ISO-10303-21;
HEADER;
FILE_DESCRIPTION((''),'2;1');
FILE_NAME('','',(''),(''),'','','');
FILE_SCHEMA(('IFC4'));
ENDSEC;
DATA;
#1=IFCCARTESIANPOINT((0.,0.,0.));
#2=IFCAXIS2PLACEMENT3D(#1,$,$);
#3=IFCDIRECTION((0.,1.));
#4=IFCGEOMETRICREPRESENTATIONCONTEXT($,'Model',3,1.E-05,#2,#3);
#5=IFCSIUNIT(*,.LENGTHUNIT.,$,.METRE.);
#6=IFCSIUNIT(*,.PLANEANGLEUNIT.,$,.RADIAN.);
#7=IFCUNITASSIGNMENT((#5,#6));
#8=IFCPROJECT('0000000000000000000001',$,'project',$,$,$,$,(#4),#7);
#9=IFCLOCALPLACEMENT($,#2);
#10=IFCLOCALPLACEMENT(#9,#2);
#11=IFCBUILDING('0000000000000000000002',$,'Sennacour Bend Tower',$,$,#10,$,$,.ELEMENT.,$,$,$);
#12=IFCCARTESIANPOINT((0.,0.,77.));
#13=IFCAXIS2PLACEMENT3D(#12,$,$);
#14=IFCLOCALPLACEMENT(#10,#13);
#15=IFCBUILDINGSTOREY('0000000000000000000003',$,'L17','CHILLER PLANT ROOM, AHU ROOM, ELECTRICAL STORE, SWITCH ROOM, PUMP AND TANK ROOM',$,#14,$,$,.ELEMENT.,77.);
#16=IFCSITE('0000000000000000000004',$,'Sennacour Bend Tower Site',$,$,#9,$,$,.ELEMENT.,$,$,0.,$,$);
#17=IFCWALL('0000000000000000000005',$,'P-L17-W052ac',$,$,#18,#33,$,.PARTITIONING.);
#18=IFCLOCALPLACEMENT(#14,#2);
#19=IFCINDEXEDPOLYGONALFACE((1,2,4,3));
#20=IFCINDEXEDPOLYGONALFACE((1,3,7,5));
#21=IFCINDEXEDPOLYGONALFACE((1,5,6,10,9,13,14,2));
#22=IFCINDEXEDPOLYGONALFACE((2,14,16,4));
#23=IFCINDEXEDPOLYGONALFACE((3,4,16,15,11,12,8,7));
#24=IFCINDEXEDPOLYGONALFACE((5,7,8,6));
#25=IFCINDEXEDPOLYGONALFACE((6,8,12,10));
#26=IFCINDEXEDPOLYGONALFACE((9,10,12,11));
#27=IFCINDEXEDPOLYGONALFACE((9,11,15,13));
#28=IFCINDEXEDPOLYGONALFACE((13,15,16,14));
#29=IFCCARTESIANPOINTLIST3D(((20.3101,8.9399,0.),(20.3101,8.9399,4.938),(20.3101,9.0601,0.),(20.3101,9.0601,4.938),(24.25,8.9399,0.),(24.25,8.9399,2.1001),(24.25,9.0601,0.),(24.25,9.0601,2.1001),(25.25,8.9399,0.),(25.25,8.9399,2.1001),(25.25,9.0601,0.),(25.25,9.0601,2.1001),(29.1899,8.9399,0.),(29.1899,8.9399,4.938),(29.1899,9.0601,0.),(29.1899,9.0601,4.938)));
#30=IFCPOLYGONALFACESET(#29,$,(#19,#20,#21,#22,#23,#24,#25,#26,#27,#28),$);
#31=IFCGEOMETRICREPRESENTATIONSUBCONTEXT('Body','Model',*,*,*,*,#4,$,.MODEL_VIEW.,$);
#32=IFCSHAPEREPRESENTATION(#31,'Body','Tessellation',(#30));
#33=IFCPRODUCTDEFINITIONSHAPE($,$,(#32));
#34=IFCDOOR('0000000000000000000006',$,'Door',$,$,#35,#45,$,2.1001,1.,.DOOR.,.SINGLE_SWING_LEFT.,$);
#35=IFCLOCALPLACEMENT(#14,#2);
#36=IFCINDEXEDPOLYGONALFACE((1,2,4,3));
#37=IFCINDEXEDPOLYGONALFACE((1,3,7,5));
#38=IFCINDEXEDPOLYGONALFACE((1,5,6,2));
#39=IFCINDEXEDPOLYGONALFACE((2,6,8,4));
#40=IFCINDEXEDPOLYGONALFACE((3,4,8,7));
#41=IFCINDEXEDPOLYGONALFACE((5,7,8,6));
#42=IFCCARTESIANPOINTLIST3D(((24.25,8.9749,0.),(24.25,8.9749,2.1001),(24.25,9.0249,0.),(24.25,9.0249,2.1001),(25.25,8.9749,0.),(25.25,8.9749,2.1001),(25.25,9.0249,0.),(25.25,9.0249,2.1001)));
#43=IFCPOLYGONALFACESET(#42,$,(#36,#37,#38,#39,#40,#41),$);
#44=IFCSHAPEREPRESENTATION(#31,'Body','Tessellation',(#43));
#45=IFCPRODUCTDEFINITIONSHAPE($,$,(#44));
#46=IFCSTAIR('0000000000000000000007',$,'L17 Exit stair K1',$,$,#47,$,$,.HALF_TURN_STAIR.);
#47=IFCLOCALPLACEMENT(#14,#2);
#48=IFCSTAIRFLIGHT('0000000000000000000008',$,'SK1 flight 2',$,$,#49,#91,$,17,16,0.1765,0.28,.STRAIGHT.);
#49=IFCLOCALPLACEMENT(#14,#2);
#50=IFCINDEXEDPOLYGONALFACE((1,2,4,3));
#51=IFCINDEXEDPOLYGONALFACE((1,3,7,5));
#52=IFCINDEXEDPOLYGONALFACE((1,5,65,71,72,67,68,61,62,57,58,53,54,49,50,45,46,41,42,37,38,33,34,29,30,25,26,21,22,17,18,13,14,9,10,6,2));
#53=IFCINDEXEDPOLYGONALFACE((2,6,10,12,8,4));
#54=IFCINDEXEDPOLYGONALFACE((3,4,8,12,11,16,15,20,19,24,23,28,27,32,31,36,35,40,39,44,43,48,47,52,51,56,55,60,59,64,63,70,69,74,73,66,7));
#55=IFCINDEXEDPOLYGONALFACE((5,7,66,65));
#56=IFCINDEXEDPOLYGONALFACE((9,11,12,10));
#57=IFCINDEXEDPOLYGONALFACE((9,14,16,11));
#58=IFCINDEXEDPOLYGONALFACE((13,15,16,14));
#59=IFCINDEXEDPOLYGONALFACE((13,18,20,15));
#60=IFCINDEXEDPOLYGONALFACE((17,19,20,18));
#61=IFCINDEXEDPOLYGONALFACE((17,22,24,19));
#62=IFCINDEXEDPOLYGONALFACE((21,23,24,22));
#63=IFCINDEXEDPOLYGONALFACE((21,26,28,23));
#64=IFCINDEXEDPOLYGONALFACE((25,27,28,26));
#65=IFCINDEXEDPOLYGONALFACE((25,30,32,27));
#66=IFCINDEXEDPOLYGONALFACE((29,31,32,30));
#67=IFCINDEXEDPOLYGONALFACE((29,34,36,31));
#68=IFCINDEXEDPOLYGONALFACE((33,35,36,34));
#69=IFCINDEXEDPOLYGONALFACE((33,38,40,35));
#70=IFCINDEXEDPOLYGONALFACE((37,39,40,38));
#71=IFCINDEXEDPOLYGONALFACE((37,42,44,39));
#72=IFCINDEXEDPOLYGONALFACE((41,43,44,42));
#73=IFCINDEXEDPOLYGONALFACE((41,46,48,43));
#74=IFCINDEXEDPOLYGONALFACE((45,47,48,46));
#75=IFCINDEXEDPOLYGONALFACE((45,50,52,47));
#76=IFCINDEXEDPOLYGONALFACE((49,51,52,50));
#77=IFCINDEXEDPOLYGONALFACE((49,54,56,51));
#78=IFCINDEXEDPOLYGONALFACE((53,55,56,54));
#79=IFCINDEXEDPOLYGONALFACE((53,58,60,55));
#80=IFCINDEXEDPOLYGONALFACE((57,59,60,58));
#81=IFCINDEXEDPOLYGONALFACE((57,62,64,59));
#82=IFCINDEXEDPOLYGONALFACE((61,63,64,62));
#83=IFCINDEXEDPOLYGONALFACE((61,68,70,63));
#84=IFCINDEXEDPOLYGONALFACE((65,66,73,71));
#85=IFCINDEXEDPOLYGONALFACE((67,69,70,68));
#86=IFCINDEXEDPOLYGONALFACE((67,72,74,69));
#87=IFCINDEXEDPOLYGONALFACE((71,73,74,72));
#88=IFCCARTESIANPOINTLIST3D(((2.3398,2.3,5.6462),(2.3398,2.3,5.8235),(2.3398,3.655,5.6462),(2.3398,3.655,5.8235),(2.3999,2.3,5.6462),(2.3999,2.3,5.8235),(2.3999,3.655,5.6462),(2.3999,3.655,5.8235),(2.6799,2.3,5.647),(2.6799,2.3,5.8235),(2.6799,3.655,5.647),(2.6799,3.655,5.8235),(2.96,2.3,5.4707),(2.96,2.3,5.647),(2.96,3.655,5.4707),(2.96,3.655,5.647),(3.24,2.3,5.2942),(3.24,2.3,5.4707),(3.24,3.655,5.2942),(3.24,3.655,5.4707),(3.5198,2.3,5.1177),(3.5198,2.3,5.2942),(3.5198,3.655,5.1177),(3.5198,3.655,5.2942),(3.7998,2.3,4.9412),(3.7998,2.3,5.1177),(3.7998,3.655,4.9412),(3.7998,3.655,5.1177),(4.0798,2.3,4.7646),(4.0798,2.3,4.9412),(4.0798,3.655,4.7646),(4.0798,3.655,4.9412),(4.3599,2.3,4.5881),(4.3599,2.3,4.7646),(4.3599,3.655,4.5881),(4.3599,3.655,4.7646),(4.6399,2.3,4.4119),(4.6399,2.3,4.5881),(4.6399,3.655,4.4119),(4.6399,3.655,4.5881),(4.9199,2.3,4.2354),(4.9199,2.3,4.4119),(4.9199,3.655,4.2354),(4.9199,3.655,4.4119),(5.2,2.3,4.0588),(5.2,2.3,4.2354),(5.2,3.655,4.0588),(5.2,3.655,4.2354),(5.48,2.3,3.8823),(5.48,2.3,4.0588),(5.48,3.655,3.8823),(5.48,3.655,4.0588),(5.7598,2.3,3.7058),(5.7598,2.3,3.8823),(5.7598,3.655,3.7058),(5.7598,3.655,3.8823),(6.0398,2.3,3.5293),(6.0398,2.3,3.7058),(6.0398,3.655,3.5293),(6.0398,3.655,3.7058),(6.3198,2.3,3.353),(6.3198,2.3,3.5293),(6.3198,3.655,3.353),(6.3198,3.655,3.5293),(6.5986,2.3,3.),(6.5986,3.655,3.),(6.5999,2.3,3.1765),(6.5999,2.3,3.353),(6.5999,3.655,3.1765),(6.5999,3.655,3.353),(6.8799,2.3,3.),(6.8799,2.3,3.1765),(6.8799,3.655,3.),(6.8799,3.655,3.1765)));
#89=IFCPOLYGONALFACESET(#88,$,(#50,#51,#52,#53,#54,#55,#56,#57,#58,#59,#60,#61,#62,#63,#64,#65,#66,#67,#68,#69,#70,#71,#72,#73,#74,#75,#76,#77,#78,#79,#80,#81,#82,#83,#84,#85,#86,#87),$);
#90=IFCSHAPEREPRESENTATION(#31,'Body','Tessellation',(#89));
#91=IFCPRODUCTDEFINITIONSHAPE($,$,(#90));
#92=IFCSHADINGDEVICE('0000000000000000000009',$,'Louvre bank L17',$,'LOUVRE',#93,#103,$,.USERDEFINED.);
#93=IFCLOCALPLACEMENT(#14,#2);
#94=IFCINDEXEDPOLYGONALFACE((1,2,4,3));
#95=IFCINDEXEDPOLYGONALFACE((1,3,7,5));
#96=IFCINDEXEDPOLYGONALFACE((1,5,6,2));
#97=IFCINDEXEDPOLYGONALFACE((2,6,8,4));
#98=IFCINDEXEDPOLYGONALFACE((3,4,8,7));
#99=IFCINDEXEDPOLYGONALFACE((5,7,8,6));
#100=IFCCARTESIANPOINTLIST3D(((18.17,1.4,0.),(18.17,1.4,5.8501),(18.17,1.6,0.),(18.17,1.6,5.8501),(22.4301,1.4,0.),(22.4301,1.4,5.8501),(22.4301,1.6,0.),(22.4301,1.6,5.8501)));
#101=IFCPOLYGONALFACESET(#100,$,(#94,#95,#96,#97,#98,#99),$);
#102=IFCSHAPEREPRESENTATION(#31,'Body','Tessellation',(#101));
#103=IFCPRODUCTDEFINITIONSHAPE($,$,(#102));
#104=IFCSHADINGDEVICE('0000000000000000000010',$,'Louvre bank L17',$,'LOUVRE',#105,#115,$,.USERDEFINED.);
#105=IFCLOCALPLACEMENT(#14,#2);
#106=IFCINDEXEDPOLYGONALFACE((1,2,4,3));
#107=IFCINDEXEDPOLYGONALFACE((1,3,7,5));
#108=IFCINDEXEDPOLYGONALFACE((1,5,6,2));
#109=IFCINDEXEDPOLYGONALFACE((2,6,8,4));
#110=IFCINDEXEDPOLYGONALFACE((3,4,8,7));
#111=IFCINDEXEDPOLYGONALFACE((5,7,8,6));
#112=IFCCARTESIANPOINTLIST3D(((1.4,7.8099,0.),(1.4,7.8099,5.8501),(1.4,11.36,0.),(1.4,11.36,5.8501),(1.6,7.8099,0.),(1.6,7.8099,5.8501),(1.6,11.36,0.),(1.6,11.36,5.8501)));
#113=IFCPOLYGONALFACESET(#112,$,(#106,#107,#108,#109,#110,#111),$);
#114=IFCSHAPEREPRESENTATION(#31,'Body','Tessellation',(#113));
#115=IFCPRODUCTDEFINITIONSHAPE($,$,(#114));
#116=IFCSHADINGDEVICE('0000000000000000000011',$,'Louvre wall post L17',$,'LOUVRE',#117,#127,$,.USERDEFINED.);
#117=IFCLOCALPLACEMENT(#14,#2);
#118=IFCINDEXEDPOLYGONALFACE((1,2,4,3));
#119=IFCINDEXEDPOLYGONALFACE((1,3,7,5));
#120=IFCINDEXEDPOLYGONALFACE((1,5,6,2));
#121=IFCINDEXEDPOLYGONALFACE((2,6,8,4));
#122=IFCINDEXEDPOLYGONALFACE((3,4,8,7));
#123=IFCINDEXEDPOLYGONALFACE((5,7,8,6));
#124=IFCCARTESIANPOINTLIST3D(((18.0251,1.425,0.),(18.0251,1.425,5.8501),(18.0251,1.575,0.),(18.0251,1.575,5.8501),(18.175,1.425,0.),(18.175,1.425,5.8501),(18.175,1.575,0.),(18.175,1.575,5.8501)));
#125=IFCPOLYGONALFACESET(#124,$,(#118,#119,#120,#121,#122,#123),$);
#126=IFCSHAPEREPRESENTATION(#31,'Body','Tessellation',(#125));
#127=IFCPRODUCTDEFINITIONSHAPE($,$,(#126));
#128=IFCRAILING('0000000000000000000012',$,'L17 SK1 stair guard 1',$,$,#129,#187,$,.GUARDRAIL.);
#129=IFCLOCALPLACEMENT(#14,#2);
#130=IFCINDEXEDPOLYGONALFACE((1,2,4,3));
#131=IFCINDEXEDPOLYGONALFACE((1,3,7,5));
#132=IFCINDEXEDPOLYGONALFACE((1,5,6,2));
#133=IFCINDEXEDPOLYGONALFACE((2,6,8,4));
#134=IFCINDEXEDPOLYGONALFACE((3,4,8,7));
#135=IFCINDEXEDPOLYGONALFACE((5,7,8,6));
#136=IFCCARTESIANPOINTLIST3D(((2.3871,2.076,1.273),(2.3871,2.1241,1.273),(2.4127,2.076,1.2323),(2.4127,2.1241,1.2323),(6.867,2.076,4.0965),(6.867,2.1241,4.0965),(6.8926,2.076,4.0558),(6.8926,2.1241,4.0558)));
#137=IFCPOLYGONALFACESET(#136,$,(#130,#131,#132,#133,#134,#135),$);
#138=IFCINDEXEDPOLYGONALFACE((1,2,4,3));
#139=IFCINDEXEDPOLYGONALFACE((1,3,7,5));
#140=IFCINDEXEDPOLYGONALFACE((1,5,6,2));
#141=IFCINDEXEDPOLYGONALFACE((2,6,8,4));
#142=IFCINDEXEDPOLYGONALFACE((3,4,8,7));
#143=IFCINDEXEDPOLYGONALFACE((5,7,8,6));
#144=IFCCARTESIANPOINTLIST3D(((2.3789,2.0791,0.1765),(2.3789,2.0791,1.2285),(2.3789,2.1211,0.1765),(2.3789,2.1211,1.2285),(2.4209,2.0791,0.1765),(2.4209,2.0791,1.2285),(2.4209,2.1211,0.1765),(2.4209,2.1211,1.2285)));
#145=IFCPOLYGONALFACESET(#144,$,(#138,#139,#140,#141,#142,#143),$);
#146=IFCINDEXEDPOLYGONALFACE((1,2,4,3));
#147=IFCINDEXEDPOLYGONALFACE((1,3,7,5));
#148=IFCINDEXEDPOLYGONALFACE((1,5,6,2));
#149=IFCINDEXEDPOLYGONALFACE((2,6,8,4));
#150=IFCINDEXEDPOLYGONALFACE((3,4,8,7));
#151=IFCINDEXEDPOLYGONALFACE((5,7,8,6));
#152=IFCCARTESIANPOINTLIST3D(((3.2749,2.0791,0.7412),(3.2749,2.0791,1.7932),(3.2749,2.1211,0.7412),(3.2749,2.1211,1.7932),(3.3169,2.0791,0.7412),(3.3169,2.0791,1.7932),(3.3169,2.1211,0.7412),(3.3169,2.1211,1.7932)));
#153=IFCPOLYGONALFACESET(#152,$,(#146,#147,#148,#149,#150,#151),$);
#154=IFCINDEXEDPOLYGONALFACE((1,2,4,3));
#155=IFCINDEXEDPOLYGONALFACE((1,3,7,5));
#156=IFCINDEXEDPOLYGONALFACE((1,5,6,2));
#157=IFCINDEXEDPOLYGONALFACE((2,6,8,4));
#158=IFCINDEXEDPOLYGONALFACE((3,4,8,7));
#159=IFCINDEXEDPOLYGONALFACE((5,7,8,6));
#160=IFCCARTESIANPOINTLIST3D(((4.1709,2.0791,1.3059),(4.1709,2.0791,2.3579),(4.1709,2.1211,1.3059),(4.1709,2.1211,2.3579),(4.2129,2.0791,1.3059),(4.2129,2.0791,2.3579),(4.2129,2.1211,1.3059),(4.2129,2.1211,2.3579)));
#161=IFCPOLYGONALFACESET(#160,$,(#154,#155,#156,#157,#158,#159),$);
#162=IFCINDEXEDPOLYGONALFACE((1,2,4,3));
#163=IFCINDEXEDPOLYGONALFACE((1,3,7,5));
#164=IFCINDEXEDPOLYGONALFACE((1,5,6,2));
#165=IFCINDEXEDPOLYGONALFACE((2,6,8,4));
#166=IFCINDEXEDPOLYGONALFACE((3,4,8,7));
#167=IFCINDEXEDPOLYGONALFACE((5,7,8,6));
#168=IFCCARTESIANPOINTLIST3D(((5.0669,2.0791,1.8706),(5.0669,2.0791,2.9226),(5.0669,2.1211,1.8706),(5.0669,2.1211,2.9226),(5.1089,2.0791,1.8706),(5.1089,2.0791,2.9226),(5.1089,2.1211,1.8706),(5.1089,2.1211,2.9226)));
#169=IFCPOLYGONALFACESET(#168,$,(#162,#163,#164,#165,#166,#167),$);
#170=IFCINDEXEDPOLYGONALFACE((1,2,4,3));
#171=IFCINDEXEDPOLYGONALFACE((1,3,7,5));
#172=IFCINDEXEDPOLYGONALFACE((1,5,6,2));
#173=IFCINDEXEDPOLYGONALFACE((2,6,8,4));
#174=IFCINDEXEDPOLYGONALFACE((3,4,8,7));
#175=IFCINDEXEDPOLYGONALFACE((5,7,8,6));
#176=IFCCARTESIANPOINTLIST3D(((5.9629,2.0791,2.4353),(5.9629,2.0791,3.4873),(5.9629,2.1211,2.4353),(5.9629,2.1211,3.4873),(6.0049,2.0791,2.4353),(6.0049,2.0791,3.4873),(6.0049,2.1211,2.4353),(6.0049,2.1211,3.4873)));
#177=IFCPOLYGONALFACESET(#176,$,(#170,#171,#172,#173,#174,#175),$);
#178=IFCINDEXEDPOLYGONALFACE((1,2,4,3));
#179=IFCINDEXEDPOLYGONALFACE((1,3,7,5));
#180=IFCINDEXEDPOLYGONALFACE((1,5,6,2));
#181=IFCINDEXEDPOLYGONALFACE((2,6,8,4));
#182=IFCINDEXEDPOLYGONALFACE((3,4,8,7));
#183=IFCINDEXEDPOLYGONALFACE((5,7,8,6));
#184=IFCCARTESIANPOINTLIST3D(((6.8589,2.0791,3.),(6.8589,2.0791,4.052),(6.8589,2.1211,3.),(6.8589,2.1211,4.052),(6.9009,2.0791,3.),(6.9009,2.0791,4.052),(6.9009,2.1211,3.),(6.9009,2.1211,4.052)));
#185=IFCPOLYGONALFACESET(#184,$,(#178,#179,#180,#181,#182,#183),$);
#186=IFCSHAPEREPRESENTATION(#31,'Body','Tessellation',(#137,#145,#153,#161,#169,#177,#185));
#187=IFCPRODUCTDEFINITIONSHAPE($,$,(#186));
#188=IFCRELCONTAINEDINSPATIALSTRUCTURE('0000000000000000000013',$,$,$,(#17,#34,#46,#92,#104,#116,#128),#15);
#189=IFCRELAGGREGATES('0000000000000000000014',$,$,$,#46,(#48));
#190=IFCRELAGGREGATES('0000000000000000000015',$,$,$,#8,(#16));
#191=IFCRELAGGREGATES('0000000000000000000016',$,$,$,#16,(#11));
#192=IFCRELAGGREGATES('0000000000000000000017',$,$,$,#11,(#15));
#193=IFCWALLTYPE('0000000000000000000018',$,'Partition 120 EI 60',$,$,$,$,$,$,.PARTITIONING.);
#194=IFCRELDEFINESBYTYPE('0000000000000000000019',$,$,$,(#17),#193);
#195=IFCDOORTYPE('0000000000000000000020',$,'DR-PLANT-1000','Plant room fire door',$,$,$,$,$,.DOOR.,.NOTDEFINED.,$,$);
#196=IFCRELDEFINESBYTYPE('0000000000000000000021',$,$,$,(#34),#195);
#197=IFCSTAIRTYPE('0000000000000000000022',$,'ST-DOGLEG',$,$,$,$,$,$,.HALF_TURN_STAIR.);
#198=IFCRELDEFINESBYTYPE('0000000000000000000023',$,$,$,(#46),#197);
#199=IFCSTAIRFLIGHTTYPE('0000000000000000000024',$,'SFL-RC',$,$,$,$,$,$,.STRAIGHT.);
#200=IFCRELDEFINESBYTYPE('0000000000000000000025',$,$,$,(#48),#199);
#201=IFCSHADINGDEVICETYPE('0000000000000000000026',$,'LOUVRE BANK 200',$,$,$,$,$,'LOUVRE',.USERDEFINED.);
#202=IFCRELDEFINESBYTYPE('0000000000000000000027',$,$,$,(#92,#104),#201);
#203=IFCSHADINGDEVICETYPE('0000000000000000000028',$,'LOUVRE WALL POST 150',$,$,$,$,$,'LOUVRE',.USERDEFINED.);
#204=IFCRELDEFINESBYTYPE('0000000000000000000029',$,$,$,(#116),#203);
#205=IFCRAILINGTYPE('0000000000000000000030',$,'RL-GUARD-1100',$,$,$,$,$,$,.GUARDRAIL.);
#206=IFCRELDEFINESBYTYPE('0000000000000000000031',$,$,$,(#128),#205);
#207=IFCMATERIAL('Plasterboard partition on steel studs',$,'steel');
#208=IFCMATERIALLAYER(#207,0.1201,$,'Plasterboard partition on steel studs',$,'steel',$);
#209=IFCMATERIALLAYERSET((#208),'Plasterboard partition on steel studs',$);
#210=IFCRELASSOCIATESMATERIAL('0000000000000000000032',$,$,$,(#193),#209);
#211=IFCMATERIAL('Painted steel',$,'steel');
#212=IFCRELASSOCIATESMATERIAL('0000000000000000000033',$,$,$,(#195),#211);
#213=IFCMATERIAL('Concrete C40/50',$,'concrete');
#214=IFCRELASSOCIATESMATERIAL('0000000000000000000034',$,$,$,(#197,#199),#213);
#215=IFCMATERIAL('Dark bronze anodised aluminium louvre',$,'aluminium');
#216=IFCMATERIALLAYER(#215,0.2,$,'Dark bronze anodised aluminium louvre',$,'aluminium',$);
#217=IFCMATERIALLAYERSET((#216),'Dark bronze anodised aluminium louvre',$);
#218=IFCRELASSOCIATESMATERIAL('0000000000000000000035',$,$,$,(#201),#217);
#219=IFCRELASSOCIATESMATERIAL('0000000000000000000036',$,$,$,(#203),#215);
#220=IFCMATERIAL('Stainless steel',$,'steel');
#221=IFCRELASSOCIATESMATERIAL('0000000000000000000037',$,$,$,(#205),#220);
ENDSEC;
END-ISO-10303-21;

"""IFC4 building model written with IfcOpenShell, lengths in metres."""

from ifc_helpers import new_model, si_unit, direction, frame, frame_2d, origin, origin_2d, place, context, subcontext, project, spatial, polyline, rectangle, outline, extrude, material, layer, layer_set, type_object, element, fill, aggregate, save


model = new_model("IFC4")

# Units and contexts
model_context = context("Model", 3, precision=1e-05, world=origin(), true_north=direction((0.0, 1.0)))
body_context = subcontext(model_context, "Body", "Model", "MODEL_VIEW")
ifc_project = project(units=[si_unit("LENGTHUNIT", "METRE"), si_unit("PLANEANGLEUNIT", "RADIAN")], contexts=[model_context])

# Site, building, storey
site_placement = place(None, origin())
site = spatial("IfcSite", under=ifc_project, at=site_placement, Name="Sennacour Bend Tower Site", CompositionType="ELEMENT", RefElevation=0.0)
building_placement = place(site_placement, origin())
building = spatial("IfcBuilding", under=site, at=building_placement, Name="Sennacour Bend Tower", CompositionType="ELEMENT")
storey_placement = place(building_placement, frame((0.0, 0.0, 77.0)))
storey = spatial("IfcBuildingStorey", under=building, at=storey_placement, Name="L17", Description="CHILLER PLANT ROOM, AHU ROOM, ELECTRICAL STORE, SWITCH ROOM, PUMP AND TANK ROOM", CompositionType="ELEMENT", Elevation=77.0)

# Shared definitions
ifc_material_1 = material(Name="Plasterboard partition on steel studs", Category="steel")

# Shared definitions
ifc_layer_1 = layer(ifc_material_1, 0.1201, Name="Plasterboard partition on steel studs", Category="steel")
ifc_layer_set_1 = layer_set([ifc_layer_1], Name="Plasterboard partition on steel studs")
wall_type_1 = type_object("IfcWallType", Name="Partition 120 EI 60", PredefinedType="PARTITIONING", material=ifc_layer_set_1)
ifc_material_2 = material(Name="Painted steel", Category="steel")
door_type_1 = type_object("IfcDoorType", Name="DR-PLANT-1000", Description="Plant room fire door", OperationType="NOTDEFINED", PredefinedType="DOOR", material=ifc_material_2)

# Wall, opening, door
wall_1_placement = place(storey_placement, frame((20.3101, 9.0, 0.0), z_axis=(0.0, 0.0, 1.0), x_axis=(1.0, 0.0, 0.0)))
wall_1 = element("IfcWall", 1, at=wall_1_placement, inside=storey, type_object=wall_type_1, Name="P-L17-W052ac", PredefinedType="PARTITIONING", context=body_context, shape_type="SweptSolid", body=[
    extrude(rectangle(XDim=8.8799, YDim=0.1201, at=frame_2d((4.4399, 0.0))), origin(), (0.0, 0.0, 1.0), 4.938),
])
opening_1_placement = place(wall_1_placement, frame((3.9399, 0.0, 0.0)))
opening_1 = element("IfcOpeningElement", 2, at=opening_1_placement, cuts=wall_1, PredefinedType="OPENING", context=body_context, shape_type="SweptSolid", body=[
    extrude(rectangle(XDim=1.0, YDim=2.1001, at=frame_2d((0.5, 1.05))), frame((0.0, 0.0701, 0.0), z_axis=(0.0, -1.0, 0.0), x_axis=(1.0, 0.0, 0.0)), (0.0, 0.0, 1.0), 0.1401),
])
door_1_placement = place(opening_1_placement, origin())
door_1 = element("IfcDoor", 3, at=door_1_placement, inside=storey, type_object=door_type_1, Name="Door", OperationType="SINGLE_SWING_LEFT", OverallHeight=2.1001, OverallWidth=1.0, PredefinedType="DOOR", context=body_context, shape_type="SweptSolid", body=[
    extrude(rectangle(XDim=1.0, YDim=2.1001, at=frame_2d((0.5, 1.05))), frame((0.0, 0.0249, 0.0), z_axis=(0.0, -1.0, 0.0), x_axis=(1.0, 0.0, 0.0)), (0.0, 0.0, 1.0), 0.05),
])
fill(opening_1, door_1)

# Stair, stair flight
ifc_material_3 = material(Name="Concrete C40/50", Category="concrete")
stair_type = type_object("IfcStairType", Name="ST-DOGLEG", PredefinedType="HALF_TURN_STAIR", material=ifc_material_3)
stair_placement = place(storey_placement, origin())
stair = element("IfcStair", 4, at=stair_placement, inside=storey, type_object=stair_type, Name="L17 Exit stair K1", PredefinedType="HALF_TURN_STAIR")
stair_flight_type = type_object("IfcStairFlightType", Name="SFL-RC", PredefinedType="STRAIGHT", material=ifc_material_3)
stair_flight_placement = place(storey_placement, frame((6.8799, 2.9775, 3.0), z_axis=(0.0, 0.0, 1.0), x_axis=(-1.0, 0.0, 0.0)))
stair_flight = element("IfcStairFlight", 5, at=stair_flight_placement, type_object=stair_flight_type, Name="SK1 flight 2", NumberOfRisers=17, NumberOfTreads=16, PredefinedType="STRAIGHT", RiserHeight=0.1765, TreadLength=0.28, context=body_context, shape_type="SweptSolid", body=[
    extrude(outline(polyline([(0.0, 0.0), (0.0, 0.1765), (0.28, 0.1765), (0.28, 0.353), (0.5601, 0.353), (0.5601, 0.5293), (0.8401, 0.5293), (0.8401, 0.7058), (1.1201, 0.7058), (1.1201, 0.8823), (1.3999, 0.8823), (1.3999, 1.0588), (1.6799, 1.0588), (1.6799, 1.2354), (1.96, 1.2354), (1.96, 1.4119), (2.24, 1.4119), (2.24, 1.5881), (2.52, 1.5881), (2.52, 1.7646), (2.8, 1.7646), (2.8, 1.9412), (3.0801, 1.9412), (3.0801, 2.1177), (3.3601, 2.1177), (3.3601, 2.2942), (3.6399, 2.2942), (3.6399, 2.4707), (3.9199, 2.4707), (3.9199, 2.647), (4.2, 2.647), (4.2, 2.8235), (4.48, 2.8235), (4.54, 2.8235), (4.54, 2.6462), (4.48, 2.6462), (0.2812, 0.0), (0.0, 0.0)])), frame((0.0, 0.6775, 0.0), z_axis=(0.0, -1.0, 0.0), x_axis=(1.0, 0.0, 0.0)), (0.0, 0.0, 1.0), 1.355),
])
aggregate(stair, [stair_flight])

# Shading devices
ifc_material_4 = material(Name="Dark bronze anodised aluminium louvre", Category="aluminium")
ifc_layer_2 = layer(ifc_material_4, 0.2, Name="Dark bronze anodised aluminium louvre", Category="aluminium")
ifc_layer_set_2 = layer_set([ifc_layer_2], Name="Dark bronze anodised aluminium louvre")
shading_device_type_1 = type_object("IfcShadingDeviceType", Name="LOUVRE BANK 200", ElementType="LOUVRE", PredefinedType="USERDEFINED", material=ifc_layer_set_2)
shading_device_1_placement = place(storey_placement, frame((20.3, 1.5, 0.0), z_axis=(0.0, 0.0, 1.0), x_axis=(-1.0, 0.0, 0.0)))
element("IfcShadingDevice", 6, at=shading_device_1_placement, inside=storey, type_object=shading_device_type_1, Name="Louvre bank L17", ObjectType="LOUVRE", PredefinedType="USERDEFINED", context=body_context, shape_type="SweptSolid", body=[
    extrude(rectangle(XDim=4.26, YDim=0.2, at=origin_2d()), origin(), (0.0, 0.0, 1.0), 5.8501),
])
shading_device_2_placement = place(storey_placement, frame((1.5, 9.585, 0.0), z_axis=(0.0, 0.0, 1.0), x_axis=(0.0, 1.0, 0.0)))
element("IfcShadingDevice", 7, at=shading_device_2_placement, inside=storey, type_object=shading_device_type_1, Name="Louvre bank L17", ObjectType="LOUVRE", PredefinedType="USERDEFINED", context=body_context, shape_type="SweptSolid", body=[
    extrude(rectangle(XDim=3.55, YDim=0.2, at=origin_2d()), origin(), (0.0, 0.0, 1.0), 5.8501),
])
shading_device_type_2 = type_object("IfcShadingDeviceType", Name="LOUVRE WALL POST 150", ElementType="LOUVRE", PredefinedType="USERDEFINED", material=ifc_material_4)
shading_device_3_placement = place(storey_placement, frame((18.1001, 1.5, 0.0), z_axis=(0.0, 0.0, 1.0), x_axis=(1.0, 0.0, 0.0)))
element("IfcShadingDevice", 8, at=shading_device_3_placement, inside=storey, type_object=shading_device_type_2, Name="Louvre wall post L17", ObjectType="LOUVRE", PredefinedType="USERDEFINED", context=body_context, shape_type="SweptSolid", body=[
    extrude(rectangle(XDim=0.1499, YDim=0.1499, at=origin_2d()), origin(), (0.0, 0.0, 1.0), 5.8501),
])

# Railing
ifc_material_5 = material(Name="Stainless steel", Category="steel")
railing_type_1 = type_object("IfcRailingType", Name="RL-GUARD-1100", PredefinedType="GUARDRAIL", material=ifc_material_5)
railing_1_placement = place(storey_placement, frame((2.3999, 2.1001, 0.1765)))
element("IfcRailing", 9, at=railing_1_placement, inside=storey, type_object=railing_type_1, Name="L17 SK1 stair guard 1", PredefinedType="GUARDRAIL", context=body_context, shape_type="SweptSolid", body=[
    extrude(rectangle(XDim=0.0481, YDim=0.0481, at=origin_2d()), frame((0.0, 0.0, 1.0762), z_axis=(0.845998, 0.0, 0.533186), x_axis=(0.0, 1.0, 0.0)), (0.0, 0.0, 1.0), 5.2954),
    extrude(rectangle(XDim=0.042, YDim=0.042, at=origin_2d()), origin(), (0.0, 0.0, 1.0), 1.052),
    extrude(rectangle(XDim=0.042, YDim=0.042, at=origin_2d()), frame((0.896, 0.0, 0.5647)), (0.0, 0.0, 1.0), 1.052),
    extrude(rectangle(XDim=0.042, YDim=0.042, at=origin_2d()), frame((1.792, 0.0, 1.1294)), (0.0, 0.0, 1.0), 1.052),
    extrude(rectangle(XDim=0.042, YDim=0.042, at=origin_2d()), frame((2.688, 0.0, 1.6941)), (0.0, 0.0, 1.0), 1.052),
    extrude(rectangle(XDim=0.042, YDim=0.042, at=origin_2d()), frame((3.584, 0.0, 2.2588)), (0.0, 0.0, 1.0), 1.052),
    extrude(rectangle(XDim=0.042, YDim=0.042, at=origin_2d()), frame((4.48, 0.0, 2.8235)), (0.0, 0.0, 1.0), 1.052),
])

save(model, "model.ifc")
